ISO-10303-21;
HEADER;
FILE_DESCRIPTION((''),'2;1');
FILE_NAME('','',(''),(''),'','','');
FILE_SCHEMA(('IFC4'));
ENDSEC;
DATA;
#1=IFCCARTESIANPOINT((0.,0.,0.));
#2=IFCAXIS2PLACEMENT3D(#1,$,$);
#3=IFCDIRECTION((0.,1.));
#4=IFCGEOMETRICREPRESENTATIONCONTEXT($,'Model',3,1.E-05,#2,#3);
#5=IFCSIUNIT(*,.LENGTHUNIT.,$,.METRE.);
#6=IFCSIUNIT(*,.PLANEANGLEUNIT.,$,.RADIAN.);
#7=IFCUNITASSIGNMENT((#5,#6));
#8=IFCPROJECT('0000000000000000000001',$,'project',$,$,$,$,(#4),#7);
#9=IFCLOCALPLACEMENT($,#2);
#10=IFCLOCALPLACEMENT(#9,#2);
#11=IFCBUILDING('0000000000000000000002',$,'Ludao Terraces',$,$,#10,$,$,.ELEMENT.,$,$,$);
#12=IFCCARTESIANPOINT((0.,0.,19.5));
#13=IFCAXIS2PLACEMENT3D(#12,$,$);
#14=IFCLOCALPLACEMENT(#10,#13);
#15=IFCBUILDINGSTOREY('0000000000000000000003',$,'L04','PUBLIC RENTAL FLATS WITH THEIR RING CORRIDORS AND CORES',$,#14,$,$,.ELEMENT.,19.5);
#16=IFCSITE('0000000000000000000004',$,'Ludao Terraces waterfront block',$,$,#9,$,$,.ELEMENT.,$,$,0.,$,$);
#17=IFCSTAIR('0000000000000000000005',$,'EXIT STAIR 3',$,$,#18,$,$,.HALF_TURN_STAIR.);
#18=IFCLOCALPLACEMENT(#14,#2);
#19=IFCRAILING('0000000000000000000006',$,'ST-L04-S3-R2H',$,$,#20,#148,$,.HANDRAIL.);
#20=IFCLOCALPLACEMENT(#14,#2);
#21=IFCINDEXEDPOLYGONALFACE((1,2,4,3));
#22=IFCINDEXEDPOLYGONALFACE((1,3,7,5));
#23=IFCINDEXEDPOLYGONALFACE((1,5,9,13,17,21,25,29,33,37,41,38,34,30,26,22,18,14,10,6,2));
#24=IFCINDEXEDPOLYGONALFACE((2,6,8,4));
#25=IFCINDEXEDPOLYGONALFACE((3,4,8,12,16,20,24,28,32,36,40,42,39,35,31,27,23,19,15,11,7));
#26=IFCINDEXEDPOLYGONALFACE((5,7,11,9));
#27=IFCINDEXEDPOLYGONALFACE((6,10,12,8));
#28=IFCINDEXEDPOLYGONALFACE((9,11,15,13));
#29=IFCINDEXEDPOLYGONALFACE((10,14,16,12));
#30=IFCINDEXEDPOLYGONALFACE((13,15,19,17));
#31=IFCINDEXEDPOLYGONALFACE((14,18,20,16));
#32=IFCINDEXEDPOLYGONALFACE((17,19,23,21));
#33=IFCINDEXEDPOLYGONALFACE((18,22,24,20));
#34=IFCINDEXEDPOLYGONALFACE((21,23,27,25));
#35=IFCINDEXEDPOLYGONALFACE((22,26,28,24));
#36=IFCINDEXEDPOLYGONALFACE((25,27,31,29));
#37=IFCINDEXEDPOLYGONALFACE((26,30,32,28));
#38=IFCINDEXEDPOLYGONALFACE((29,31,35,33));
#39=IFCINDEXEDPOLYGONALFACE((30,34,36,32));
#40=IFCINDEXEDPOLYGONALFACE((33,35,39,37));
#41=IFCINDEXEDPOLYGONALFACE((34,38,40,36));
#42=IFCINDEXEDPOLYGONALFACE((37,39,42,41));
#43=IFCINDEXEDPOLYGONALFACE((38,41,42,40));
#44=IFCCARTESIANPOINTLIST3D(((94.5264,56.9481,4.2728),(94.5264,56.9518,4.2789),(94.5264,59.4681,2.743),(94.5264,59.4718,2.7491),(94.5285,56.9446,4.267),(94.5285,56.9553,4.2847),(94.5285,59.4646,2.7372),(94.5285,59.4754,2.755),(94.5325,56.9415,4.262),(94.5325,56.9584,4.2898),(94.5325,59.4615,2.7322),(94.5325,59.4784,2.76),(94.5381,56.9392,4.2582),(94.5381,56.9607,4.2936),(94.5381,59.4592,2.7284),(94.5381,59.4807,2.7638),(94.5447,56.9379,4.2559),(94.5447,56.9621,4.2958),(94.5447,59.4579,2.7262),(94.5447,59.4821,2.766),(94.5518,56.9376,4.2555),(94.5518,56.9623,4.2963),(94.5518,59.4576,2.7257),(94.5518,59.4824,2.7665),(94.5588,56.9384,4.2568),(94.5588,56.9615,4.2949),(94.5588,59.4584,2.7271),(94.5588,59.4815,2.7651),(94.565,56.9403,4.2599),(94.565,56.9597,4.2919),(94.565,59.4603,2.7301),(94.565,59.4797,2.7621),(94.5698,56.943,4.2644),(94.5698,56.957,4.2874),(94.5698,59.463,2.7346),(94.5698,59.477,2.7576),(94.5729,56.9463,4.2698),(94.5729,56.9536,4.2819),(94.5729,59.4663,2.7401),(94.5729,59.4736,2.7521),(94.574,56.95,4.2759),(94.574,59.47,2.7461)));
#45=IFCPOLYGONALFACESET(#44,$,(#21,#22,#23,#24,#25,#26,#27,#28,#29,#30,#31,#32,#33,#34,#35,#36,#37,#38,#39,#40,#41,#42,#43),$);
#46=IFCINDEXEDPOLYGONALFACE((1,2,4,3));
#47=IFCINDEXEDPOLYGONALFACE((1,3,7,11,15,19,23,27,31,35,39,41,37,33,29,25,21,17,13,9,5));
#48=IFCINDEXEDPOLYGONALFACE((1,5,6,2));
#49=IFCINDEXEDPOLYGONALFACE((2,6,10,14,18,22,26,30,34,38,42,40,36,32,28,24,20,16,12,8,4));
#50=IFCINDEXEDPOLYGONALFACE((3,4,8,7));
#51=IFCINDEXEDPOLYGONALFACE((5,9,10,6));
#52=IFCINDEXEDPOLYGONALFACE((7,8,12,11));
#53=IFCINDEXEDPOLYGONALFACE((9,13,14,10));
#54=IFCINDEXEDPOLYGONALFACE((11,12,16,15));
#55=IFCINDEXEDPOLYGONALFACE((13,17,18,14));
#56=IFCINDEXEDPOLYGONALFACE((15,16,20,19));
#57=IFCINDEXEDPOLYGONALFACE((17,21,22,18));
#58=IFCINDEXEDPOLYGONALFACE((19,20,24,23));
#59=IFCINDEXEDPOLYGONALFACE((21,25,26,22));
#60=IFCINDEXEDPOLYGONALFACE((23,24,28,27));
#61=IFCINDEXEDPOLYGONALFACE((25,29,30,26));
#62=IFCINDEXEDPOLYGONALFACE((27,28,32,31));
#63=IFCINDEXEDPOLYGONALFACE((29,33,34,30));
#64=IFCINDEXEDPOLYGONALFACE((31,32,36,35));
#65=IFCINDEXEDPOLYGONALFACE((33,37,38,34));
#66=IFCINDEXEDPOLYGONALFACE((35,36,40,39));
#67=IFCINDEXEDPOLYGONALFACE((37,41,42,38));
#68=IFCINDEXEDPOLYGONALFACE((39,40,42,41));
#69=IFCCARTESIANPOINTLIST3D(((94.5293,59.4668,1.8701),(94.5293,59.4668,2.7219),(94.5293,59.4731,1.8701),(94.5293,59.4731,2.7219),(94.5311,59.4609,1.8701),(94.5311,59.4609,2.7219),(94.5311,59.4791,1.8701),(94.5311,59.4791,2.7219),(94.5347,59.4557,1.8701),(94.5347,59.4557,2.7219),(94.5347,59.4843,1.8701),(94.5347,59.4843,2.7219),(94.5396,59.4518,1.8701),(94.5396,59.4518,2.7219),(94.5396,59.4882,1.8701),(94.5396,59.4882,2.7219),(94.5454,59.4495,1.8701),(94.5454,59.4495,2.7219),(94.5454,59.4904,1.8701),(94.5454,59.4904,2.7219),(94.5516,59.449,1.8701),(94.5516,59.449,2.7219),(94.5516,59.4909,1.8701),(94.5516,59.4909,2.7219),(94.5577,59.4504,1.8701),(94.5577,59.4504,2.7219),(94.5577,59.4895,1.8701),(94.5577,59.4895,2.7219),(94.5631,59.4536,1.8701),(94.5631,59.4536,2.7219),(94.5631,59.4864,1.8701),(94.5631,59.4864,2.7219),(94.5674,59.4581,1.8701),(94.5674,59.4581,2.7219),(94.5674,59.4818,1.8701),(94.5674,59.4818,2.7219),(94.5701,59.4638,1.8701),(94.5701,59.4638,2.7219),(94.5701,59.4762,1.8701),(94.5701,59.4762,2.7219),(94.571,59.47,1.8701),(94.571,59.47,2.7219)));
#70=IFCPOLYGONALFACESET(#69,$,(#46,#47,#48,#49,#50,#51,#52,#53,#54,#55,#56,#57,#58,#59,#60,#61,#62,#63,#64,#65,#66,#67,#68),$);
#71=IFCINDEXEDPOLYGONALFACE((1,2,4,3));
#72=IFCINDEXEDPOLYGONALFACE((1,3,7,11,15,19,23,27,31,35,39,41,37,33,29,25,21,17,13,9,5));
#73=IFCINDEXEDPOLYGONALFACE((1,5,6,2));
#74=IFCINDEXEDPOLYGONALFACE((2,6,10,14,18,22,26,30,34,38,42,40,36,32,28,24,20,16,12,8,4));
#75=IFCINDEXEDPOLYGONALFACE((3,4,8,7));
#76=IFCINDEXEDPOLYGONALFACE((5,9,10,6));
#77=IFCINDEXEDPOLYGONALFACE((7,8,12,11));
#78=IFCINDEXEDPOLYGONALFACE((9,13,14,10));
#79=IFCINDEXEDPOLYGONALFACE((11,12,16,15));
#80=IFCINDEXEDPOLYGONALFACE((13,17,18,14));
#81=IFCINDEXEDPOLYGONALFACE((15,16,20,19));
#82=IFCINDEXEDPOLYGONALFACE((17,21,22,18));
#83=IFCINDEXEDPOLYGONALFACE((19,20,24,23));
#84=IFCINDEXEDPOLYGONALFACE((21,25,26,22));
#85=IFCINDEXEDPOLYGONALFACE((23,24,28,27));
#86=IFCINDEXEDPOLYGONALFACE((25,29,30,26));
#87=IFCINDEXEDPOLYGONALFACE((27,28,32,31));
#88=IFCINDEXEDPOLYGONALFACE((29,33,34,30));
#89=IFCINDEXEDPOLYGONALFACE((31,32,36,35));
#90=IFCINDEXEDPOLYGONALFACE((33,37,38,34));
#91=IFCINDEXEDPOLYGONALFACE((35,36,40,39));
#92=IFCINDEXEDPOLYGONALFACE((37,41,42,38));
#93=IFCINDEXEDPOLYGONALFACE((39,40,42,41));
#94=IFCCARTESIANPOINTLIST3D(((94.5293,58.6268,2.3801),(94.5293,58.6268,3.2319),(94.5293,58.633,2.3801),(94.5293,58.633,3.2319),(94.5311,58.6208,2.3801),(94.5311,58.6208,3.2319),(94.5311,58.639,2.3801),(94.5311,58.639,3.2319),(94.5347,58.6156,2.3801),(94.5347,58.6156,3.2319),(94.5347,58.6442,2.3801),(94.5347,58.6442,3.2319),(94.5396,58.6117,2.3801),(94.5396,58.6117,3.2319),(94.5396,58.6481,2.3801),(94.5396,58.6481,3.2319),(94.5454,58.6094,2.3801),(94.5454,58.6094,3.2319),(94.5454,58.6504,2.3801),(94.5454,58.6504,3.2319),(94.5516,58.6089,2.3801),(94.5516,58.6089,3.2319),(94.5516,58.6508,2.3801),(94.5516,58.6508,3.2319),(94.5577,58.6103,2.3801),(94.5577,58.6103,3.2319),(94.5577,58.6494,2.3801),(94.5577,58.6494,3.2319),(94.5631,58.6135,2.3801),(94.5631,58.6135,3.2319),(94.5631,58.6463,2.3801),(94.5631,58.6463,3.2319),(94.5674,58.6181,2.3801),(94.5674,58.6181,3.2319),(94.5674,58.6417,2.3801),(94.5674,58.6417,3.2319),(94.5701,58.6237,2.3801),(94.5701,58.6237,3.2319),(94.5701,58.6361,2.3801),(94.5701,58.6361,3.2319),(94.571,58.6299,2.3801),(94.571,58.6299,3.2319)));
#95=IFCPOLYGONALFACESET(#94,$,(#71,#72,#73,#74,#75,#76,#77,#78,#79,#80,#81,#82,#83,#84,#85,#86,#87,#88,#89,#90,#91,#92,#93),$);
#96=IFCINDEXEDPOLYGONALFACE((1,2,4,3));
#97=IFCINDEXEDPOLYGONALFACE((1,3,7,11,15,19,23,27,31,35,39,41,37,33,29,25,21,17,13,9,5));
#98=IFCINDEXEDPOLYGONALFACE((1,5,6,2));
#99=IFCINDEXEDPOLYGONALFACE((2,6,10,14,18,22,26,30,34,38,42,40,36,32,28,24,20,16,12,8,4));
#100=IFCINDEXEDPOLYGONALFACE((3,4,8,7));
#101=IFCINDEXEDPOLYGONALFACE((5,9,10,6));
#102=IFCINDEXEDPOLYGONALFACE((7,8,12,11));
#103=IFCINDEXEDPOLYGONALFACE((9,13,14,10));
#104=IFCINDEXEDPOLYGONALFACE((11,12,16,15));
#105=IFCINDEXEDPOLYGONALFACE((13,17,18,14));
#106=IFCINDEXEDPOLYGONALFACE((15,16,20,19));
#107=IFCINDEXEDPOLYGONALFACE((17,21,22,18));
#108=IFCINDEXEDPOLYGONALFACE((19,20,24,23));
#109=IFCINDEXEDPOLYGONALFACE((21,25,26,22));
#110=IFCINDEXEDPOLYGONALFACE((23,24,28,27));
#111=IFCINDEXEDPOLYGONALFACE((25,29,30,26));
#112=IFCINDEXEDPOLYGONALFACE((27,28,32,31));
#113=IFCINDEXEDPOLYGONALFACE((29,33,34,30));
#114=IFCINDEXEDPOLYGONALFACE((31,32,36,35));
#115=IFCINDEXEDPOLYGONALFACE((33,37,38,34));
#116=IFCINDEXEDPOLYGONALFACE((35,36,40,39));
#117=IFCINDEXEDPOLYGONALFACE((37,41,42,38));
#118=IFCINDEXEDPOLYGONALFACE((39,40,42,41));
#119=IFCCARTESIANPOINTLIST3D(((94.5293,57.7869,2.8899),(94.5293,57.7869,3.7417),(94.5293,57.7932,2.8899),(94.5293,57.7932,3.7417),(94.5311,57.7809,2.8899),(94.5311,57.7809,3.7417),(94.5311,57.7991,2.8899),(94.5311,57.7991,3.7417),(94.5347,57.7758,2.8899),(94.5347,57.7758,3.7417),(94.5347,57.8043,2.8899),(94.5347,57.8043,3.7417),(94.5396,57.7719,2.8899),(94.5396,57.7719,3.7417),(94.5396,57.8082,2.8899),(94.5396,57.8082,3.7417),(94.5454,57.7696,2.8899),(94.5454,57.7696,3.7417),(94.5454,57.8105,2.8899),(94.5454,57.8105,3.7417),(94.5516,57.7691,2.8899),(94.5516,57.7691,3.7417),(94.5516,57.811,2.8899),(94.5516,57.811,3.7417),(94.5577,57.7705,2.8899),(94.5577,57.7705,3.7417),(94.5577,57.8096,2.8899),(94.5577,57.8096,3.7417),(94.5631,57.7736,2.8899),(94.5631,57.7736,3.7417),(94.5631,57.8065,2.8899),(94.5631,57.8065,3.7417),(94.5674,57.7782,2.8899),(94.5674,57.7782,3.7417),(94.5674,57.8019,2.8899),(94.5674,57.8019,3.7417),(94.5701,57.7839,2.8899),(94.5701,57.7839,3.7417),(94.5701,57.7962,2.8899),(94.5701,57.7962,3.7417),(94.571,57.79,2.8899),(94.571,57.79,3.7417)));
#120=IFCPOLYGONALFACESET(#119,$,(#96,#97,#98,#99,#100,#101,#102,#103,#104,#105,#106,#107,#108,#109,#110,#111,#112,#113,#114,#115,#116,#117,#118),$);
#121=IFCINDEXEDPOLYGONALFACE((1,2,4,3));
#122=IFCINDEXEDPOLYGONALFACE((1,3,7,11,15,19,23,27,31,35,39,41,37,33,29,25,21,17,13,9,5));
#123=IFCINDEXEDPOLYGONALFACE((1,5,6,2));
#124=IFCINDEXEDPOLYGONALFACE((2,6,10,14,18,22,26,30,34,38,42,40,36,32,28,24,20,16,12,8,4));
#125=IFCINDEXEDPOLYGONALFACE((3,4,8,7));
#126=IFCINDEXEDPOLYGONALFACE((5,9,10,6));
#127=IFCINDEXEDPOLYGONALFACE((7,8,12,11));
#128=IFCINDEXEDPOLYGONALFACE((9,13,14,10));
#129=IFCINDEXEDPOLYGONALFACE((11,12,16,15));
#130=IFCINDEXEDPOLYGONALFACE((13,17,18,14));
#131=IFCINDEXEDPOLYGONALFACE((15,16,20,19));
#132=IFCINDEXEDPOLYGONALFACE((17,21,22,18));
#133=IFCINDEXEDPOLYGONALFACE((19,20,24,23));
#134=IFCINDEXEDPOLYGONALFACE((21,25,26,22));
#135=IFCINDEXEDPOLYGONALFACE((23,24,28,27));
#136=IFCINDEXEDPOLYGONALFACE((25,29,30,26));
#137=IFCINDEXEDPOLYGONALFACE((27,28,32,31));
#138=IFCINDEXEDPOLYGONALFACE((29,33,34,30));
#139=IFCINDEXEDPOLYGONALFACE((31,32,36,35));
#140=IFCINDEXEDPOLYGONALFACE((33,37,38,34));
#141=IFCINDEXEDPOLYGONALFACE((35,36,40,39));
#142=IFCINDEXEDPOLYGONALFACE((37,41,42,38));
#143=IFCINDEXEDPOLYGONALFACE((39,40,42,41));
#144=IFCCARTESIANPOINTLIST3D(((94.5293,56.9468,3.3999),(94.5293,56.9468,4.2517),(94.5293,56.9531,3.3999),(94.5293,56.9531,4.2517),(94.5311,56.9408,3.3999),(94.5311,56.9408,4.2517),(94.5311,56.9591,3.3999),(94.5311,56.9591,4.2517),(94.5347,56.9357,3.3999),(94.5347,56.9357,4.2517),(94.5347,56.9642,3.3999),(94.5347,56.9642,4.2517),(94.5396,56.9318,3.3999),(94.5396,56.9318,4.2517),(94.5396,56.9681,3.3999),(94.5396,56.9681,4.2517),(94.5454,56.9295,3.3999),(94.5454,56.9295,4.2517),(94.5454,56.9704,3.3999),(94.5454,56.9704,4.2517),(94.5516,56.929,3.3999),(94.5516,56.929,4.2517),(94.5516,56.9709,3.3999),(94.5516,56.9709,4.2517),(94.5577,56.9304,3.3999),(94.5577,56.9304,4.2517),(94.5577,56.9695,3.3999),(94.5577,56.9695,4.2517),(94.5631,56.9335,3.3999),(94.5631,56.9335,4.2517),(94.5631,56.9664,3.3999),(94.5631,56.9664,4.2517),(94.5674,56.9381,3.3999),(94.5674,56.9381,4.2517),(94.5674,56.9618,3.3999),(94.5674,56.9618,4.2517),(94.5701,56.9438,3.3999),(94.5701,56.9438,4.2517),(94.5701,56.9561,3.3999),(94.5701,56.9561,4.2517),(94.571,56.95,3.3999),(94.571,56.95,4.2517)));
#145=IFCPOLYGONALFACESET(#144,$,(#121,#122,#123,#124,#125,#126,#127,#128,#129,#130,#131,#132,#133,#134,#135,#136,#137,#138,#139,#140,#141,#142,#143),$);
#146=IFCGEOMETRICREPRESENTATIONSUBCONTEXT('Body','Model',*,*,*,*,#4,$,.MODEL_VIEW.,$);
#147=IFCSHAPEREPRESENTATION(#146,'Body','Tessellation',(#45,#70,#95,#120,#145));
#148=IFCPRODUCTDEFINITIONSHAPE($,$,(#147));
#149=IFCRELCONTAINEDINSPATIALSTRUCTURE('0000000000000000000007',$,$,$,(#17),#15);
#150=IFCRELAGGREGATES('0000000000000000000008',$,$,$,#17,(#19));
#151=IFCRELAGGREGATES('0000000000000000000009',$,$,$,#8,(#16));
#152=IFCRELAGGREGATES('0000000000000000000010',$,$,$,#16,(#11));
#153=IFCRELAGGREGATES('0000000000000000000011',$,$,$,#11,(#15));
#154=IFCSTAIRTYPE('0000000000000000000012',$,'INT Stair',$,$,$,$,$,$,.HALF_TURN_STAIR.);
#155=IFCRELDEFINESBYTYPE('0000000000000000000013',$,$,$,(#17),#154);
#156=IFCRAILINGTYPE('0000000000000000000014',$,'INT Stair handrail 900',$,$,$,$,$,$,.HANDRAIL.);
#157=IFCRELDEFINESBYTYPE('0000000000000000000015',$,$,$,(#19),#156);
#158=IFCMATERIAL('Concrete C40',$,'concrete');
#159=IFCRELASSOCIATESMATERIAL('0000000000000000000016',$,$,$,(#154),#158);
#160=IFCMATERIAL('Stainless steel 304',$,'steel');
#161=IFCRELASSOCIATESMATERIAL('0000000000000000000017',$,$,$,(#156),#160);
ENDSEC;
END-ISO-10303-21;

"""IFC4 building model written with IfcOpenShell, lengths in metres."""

from ifc_helpers import new_model, si_unit, direction, frame, origin, origin_2d, place, context, subcontext, project, spatial, circle, extrude, material, type_object, element, aggregate, save


model = new_model("IFC4")

# Units and contexts
model_context = context("Model", 3, precision=1e-05, world=origin(), true_north=direction((0.0, 1.0)))
body_context = subcontext(model_context, "Body", "Model", "MODEL_VIEW")
ifc_project = project(units=[si_unit("LENGTHUNIT", "METRE"), si_unit("PLANEANGLEUNIT", "RADIAN")], contexts=[model_context])

# Site, building, storey
site_placement = place(None, origin())
site = spatial("IfcSite", under=ifc_project, at=site_placement, Name="Ludao Terraces waterfront block", CompositionType="ELEMENT", RefElevation=0.0)
building_placement = place(site_placement, origin())
building = spatial("IfcBuilding", under=site, at=building_placement, Name="Ludao Terraces", CompositionType="ELEMENT")
storey_placement = place(building_placement, frame((0.0, 0.0, 19.5)))
storey = spatial("IfcBuildingStorey", under=building, at=storey_placement, Name="L04", Description="PUBLIC RENTAL FLATS WITH THEIR RING CORRIDORS AND CORES", CompositionType="ELEMENT", Elevation=19.5)

# Stair, railing
ifc_material_1 = material(Name="Concrete C40", Category="concrete")
stair_type = type_object("IfcStairType", Name="INT Stair", PredefinedType="HALF_TURN_STAIR", material=ifc_material_1)
stair_placement = place(storey_placement, origin())
stair = element("IfcStair", 1, at=stair_placement, inside=storey, type_object=stair_type, Name="EXIT STAIR 3", PredefinedType="HALF_TURN_STAIR")
ifc_material_2 = material(Name="Stainless steel 304", Category="steel")
railing_type_1 = type_object("IfcRailingType", Name="INT Stair handrail 900", PredefinedType="HANDRAIL", material=ifc_material_2)
railing_1_placement = place(storey_placement, frame((94.55, 59.47, 1.8701)))
railing_1 = element("IfcRailing", 2, at=railing_1_placement, type_object=railing_type_1, Name="ST-L04-S3-R2H", PredefinedType="HANDRAIL", context=body_context, shape_type="SweptSolid", body=[
    extrude(circle(Radius=0.0239, at=origin_2d()), frame((0.0, 0.0, 0.876), z_axis=(0.0, -0.854822, 0.518922), x_axis=(1.0, 0.0, 0.0)), (0.0, 0.0, 1.0), 2.948),
    extrude(circle(Radius=0.021, at=origin_2d()), origin(), (0.0, 0.0, 1.0), 0.8518),
    extrude(circle(Radius=0.021, at=origin_2d()), frame((0.0, -0.8401, 0.51)), (0.0, 0.0, 1.0), 0.8518),
    extrude(circle(Radius=0.021, at=origin_2d()), frame((0.0, -1.6799, 1.0198)), (0.0, 0.0, 1.0), 0.8518),
    extrude(circle(Radius=0.021, at=origin_2d()), frame((0.0, -2.52, 1.5298)), (0.0, 0.0, 1.0), 0.8518),
])
aggregate(stair, [railing_1])

save(model, "model.ifc")
